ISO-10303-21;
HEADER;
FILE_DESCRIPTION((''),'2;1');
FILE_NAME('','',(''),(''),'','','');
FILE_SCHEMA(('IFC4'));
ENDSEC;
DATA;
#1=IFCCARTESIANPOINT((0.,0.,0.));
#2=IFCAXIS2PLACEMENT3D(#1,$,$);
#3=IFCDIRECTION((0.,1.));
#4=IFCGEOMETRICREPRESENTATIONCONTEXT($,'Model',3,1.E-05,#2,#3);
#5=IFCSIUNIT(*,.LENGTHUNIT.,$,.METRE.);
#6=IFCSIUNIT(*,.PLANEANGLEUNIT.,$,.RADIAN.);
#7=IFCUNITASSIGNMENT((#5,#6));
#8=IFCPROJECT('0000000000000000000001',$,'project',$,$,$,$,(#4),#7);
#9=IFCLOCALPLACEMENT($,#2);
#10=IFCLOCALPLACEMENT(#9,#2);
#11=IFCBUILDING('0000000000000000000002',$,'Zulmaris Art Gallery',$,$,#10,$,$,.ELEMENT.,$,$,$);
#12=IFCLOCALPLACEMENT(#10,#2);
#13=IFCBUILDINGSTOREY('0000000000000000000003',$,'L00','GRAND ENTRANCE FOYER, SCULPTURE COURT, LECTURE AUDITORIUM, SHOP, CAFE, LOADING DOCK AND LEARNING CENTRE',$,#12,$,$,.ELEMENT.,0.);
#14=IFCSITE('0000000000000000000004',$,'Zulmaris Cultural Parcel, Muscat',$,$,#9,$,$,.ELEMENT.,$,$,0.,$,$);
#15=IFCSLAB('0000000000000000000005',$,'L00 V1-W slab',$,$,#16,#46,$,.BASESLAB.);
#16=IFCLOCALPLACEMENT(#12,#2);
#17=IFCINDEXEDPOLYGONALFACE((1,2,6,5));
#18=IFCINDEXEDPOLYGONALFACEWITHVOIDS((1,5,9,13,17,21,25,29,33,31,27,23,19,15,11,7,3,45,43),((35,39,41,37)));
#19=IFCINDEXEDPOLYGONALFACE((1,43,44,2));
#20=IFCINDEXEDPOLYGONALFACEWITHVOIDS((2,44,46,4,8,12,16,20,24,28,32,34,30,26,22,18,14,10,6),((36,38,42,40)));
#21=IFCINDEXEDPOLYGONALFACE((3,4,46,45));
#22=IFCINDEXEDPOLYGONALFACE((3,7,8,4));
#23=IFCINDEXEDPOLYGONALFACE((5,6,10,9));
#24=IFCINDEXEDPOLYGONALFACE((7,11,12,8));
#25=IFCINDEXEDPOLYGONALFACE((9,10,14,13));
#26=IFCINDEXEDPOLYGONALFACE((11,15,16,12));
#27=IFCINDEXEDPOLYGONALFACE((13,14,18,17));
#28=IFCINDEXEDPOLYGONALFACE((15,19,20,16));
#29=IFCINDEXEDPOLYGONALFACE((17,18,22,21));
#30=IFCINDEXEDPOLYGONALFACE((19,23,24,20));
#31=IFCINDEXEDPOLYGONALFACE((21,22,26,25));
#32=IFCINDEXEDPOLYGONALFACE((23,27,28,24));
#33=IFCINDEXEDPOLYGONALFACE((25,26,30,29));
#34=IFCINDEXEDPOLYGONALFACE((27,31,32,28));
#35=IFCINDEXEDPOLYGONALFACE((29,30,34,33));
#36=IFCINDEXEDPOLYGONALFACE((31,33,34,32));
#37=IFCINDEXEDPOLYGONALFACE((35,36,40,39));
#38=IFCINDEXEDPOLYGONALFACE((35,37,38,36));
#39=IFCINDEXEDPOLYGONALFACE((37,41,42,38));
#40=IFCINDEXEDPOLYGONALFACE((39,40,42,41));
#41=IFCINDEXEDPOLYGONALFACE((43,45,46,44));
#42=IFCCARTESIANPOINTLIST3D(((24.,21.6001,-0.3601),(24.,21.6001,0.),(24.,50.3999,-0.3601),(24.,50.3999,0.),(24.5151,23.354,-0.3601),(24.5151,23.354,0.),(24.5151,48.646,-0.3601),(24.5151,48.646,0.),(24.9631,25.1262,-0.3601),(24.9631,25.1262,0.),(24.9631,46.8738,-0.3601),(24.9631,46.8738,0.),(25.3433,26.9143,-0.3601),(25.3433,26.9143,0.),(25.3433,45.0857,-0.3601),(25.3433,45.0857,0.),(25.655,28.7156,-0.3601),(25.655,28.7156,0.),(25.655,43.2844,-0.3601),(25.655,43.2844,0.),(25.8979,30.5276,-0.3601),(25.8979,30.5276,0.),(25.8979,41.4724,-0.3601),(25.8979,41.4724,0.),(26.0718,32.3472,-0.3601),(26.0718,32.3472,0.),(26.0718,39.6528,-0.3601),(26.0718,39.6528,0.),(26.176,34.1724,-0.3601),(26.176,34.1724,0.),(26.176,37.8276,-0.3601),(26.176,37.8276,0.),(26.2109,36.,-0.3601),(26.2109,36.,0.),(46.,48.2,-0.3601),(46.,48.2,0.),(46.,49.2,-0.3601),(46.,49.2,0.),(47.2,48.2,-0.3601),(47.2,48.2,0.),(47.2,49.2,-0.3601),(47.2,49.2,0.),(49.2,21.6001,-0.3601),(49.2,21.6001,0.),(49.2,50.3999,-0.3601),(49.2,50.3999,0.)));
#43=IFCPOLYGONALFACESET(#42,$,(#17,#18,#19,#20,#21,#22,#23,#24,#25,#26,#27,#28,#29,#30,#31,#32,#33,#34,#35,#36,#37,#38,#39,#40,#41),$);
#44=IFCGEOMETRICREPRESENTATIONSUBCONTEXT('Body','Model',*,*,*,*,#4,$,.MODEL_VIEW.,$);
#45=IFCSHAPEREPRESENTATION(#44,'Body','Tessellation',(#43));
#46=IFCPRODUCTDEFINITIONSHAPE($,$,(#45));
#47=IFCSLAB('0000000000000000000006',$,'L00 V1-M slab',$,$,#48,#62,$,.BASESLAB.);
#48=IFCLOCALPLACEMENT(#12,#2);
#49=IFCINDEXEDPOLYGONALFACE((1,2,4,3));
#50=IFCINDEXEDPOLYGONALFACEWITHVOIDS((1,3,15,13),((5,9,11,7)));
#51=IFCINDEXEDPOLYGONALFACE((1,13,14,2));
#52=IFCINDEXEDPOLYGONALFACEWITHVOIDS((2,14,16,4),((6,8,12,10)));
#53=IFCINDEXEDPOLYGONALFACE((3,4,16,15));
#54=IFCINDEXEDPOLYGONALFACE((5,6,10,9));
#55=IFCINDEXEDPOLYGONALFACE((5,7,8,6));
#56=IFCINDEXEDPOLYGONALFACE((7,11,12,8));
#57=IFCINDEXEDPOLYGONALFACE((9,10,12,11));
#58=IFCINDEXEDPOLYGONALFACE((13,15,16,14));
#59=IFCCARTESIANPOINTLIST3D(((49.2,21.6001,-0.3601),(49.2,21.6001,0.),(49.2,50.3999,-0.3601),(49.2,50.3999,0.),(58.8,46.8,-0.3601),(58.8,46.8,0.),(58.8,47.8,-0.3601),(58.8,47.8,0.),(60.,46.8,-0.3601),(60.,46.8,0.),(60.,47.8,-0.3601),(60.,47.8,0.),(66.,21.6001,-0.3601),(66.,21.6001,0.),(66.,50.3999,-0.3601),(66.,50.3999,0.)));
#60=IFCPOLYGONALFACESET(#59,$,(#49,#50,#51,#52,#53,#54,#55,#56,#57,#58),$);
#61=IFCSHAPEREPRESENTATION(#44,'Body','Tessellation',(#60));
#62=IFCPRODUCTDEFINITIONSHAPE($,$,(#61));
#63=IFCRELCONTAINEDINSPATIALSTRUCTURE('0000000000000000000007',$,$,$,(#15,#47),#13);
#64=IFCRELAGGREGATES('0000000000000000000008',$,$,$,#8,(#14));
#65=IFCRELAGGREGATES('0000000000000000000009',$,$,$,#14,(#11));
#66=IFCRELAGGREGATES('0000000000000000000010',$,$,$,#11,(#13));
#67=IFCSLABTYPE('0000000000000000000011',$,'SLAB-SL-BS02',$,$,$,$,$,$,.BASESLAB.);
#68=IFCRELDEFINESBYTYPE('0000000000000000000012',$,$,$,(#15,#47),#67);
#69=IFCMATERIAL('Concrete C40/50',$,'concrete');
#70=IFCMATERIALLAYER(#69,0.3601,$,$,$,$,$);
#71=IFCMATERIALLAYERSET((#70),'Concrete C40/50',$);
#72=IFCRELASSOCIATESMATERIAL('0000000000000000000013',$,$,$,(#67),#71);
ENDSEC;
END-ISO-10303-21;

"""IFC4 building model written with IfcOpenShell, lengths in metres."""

from ifc_helpers import new_model, si_unit, direction, frame, origin, place, context, subcontext, project, spatial, polyline, outline, extrude, material, layer, layer_set, type_object, element, save


model = new_model("IFC4")

# Units and contexts
model_context = context("Model", 3, precision=1e-05, world=origin(), true_north=direction((0.0, 1.0)))
body_context = subcontext(model_context, "Body", "Model", "MODEL_VIEW")
ifc_project = project(units=[si_unit("LENGTHUNIT", "METRE"), si_unit("PLANEANGLEUNIT", "RADIAN")], contexts=[model_context])

# Site, building, storey
site_placement = place(None, origin())
site = spatial("IfcSite", under=ifc_project, at=site_placement, Name="Zulmaris Cultural Parcel, Muscat", CompositionType="ELEMENT", RefElevation=0.0)
building_placement = place(site_placement, origin())
building = spatial("IfcBuilding", under=site, at=building_placement, Name="Zulmaris Art Gallery", CompositionType="ELEMENT")
storey_placement = place(building_placement, origin())
storey = spatial("IfcBuildingStorey", under=building, at=storey_placement, Name="L00", Description="GRAND ENTRANCE FOYER, SCULPTURE COURT, LECTURE AUDITORIUM, SHOP, CAFE, LOADING DOCK AND LEARNING CENTRE", CompositionType="ELEMENT", Elevation=0.0)

# Shared definitions
ifc_material = material(Name="Concrete C40/50", Category="concrete")

# Slabs
ifc_layer_1 = layer(ifc_material, 0.3601)
ifc_layer_set_1 = layer_set([ifc_layer_1], Name="Concrete C40/50")
slab_type = type_object("IfcSlabType", Name="SLAB-SL-BS02", PredefinedType="BASESLAB", material=ifc_layer_set_1)
slab_1_placement = place(storey_placement, frame((0.0, 0.0, -0.3601)))
element("IfcSlab", 1, at=slab_1_placement, inside=storey, type_object=slab_type, Name="L00 V1-W slab", PredefinedType="BASESLAB", context=body_context, shape_type="SweptSolid", body=[
    extrude(outline(polyline([(24.5151, 23.354), (24.9631, 25.1262), (25.3433, 26.9143), (25.655, 28.7156), (25.8979, 30.5276), (26.0718, 32.3472), (26.176, 34.1724), (26.2109, 36.0), (26.176, 37.8276), (26.0718, 39.6528), (25.8979, 41.4724), (25.655, 43.2844), (25.3433, 45.0857), (24.9631, 46.8738), (24.5151, 48.646), (24.0, 50.3999), (49.2, 50.3999), (49.2, 21.6001), (24.0, 21.6001), (24.5151, 23.354)]), holes=[polyline([(47.2, 49.2), (46.0, 49.2), (46.0, 48.2), (47.2, 48.2), (47.2, 49.2)])]), origin(), (0.0, 0.0, 1.0), 0.3601),
])
slab_2_placement = place(storey_placement, frame((0.0, 0.0, -0.3601)))
element("IfcSlab", 2, at=slab_2_placement, inside=storey, type_object=slab_type, Name="L00 V1-M slab", PredefinedType="BASESLAB", context=body_context, shape_type="SweptSolid", body=[
    extrude(outline(polyline([(49.2, 21.6001), (49.2, 50.3999), (66.0, 50.3999), (66.0, 21.6001), (49.2, 21.6001)]), holes=[polyline([(60.0, 47.8), (58.8, 47.8), (58.8, 46.8), (60.0, 46.8), (60.0, 47.8)])]), origin(), (0.0, 0.0, 1.0), 0.3601),
])

save(model, "model.ifc")
